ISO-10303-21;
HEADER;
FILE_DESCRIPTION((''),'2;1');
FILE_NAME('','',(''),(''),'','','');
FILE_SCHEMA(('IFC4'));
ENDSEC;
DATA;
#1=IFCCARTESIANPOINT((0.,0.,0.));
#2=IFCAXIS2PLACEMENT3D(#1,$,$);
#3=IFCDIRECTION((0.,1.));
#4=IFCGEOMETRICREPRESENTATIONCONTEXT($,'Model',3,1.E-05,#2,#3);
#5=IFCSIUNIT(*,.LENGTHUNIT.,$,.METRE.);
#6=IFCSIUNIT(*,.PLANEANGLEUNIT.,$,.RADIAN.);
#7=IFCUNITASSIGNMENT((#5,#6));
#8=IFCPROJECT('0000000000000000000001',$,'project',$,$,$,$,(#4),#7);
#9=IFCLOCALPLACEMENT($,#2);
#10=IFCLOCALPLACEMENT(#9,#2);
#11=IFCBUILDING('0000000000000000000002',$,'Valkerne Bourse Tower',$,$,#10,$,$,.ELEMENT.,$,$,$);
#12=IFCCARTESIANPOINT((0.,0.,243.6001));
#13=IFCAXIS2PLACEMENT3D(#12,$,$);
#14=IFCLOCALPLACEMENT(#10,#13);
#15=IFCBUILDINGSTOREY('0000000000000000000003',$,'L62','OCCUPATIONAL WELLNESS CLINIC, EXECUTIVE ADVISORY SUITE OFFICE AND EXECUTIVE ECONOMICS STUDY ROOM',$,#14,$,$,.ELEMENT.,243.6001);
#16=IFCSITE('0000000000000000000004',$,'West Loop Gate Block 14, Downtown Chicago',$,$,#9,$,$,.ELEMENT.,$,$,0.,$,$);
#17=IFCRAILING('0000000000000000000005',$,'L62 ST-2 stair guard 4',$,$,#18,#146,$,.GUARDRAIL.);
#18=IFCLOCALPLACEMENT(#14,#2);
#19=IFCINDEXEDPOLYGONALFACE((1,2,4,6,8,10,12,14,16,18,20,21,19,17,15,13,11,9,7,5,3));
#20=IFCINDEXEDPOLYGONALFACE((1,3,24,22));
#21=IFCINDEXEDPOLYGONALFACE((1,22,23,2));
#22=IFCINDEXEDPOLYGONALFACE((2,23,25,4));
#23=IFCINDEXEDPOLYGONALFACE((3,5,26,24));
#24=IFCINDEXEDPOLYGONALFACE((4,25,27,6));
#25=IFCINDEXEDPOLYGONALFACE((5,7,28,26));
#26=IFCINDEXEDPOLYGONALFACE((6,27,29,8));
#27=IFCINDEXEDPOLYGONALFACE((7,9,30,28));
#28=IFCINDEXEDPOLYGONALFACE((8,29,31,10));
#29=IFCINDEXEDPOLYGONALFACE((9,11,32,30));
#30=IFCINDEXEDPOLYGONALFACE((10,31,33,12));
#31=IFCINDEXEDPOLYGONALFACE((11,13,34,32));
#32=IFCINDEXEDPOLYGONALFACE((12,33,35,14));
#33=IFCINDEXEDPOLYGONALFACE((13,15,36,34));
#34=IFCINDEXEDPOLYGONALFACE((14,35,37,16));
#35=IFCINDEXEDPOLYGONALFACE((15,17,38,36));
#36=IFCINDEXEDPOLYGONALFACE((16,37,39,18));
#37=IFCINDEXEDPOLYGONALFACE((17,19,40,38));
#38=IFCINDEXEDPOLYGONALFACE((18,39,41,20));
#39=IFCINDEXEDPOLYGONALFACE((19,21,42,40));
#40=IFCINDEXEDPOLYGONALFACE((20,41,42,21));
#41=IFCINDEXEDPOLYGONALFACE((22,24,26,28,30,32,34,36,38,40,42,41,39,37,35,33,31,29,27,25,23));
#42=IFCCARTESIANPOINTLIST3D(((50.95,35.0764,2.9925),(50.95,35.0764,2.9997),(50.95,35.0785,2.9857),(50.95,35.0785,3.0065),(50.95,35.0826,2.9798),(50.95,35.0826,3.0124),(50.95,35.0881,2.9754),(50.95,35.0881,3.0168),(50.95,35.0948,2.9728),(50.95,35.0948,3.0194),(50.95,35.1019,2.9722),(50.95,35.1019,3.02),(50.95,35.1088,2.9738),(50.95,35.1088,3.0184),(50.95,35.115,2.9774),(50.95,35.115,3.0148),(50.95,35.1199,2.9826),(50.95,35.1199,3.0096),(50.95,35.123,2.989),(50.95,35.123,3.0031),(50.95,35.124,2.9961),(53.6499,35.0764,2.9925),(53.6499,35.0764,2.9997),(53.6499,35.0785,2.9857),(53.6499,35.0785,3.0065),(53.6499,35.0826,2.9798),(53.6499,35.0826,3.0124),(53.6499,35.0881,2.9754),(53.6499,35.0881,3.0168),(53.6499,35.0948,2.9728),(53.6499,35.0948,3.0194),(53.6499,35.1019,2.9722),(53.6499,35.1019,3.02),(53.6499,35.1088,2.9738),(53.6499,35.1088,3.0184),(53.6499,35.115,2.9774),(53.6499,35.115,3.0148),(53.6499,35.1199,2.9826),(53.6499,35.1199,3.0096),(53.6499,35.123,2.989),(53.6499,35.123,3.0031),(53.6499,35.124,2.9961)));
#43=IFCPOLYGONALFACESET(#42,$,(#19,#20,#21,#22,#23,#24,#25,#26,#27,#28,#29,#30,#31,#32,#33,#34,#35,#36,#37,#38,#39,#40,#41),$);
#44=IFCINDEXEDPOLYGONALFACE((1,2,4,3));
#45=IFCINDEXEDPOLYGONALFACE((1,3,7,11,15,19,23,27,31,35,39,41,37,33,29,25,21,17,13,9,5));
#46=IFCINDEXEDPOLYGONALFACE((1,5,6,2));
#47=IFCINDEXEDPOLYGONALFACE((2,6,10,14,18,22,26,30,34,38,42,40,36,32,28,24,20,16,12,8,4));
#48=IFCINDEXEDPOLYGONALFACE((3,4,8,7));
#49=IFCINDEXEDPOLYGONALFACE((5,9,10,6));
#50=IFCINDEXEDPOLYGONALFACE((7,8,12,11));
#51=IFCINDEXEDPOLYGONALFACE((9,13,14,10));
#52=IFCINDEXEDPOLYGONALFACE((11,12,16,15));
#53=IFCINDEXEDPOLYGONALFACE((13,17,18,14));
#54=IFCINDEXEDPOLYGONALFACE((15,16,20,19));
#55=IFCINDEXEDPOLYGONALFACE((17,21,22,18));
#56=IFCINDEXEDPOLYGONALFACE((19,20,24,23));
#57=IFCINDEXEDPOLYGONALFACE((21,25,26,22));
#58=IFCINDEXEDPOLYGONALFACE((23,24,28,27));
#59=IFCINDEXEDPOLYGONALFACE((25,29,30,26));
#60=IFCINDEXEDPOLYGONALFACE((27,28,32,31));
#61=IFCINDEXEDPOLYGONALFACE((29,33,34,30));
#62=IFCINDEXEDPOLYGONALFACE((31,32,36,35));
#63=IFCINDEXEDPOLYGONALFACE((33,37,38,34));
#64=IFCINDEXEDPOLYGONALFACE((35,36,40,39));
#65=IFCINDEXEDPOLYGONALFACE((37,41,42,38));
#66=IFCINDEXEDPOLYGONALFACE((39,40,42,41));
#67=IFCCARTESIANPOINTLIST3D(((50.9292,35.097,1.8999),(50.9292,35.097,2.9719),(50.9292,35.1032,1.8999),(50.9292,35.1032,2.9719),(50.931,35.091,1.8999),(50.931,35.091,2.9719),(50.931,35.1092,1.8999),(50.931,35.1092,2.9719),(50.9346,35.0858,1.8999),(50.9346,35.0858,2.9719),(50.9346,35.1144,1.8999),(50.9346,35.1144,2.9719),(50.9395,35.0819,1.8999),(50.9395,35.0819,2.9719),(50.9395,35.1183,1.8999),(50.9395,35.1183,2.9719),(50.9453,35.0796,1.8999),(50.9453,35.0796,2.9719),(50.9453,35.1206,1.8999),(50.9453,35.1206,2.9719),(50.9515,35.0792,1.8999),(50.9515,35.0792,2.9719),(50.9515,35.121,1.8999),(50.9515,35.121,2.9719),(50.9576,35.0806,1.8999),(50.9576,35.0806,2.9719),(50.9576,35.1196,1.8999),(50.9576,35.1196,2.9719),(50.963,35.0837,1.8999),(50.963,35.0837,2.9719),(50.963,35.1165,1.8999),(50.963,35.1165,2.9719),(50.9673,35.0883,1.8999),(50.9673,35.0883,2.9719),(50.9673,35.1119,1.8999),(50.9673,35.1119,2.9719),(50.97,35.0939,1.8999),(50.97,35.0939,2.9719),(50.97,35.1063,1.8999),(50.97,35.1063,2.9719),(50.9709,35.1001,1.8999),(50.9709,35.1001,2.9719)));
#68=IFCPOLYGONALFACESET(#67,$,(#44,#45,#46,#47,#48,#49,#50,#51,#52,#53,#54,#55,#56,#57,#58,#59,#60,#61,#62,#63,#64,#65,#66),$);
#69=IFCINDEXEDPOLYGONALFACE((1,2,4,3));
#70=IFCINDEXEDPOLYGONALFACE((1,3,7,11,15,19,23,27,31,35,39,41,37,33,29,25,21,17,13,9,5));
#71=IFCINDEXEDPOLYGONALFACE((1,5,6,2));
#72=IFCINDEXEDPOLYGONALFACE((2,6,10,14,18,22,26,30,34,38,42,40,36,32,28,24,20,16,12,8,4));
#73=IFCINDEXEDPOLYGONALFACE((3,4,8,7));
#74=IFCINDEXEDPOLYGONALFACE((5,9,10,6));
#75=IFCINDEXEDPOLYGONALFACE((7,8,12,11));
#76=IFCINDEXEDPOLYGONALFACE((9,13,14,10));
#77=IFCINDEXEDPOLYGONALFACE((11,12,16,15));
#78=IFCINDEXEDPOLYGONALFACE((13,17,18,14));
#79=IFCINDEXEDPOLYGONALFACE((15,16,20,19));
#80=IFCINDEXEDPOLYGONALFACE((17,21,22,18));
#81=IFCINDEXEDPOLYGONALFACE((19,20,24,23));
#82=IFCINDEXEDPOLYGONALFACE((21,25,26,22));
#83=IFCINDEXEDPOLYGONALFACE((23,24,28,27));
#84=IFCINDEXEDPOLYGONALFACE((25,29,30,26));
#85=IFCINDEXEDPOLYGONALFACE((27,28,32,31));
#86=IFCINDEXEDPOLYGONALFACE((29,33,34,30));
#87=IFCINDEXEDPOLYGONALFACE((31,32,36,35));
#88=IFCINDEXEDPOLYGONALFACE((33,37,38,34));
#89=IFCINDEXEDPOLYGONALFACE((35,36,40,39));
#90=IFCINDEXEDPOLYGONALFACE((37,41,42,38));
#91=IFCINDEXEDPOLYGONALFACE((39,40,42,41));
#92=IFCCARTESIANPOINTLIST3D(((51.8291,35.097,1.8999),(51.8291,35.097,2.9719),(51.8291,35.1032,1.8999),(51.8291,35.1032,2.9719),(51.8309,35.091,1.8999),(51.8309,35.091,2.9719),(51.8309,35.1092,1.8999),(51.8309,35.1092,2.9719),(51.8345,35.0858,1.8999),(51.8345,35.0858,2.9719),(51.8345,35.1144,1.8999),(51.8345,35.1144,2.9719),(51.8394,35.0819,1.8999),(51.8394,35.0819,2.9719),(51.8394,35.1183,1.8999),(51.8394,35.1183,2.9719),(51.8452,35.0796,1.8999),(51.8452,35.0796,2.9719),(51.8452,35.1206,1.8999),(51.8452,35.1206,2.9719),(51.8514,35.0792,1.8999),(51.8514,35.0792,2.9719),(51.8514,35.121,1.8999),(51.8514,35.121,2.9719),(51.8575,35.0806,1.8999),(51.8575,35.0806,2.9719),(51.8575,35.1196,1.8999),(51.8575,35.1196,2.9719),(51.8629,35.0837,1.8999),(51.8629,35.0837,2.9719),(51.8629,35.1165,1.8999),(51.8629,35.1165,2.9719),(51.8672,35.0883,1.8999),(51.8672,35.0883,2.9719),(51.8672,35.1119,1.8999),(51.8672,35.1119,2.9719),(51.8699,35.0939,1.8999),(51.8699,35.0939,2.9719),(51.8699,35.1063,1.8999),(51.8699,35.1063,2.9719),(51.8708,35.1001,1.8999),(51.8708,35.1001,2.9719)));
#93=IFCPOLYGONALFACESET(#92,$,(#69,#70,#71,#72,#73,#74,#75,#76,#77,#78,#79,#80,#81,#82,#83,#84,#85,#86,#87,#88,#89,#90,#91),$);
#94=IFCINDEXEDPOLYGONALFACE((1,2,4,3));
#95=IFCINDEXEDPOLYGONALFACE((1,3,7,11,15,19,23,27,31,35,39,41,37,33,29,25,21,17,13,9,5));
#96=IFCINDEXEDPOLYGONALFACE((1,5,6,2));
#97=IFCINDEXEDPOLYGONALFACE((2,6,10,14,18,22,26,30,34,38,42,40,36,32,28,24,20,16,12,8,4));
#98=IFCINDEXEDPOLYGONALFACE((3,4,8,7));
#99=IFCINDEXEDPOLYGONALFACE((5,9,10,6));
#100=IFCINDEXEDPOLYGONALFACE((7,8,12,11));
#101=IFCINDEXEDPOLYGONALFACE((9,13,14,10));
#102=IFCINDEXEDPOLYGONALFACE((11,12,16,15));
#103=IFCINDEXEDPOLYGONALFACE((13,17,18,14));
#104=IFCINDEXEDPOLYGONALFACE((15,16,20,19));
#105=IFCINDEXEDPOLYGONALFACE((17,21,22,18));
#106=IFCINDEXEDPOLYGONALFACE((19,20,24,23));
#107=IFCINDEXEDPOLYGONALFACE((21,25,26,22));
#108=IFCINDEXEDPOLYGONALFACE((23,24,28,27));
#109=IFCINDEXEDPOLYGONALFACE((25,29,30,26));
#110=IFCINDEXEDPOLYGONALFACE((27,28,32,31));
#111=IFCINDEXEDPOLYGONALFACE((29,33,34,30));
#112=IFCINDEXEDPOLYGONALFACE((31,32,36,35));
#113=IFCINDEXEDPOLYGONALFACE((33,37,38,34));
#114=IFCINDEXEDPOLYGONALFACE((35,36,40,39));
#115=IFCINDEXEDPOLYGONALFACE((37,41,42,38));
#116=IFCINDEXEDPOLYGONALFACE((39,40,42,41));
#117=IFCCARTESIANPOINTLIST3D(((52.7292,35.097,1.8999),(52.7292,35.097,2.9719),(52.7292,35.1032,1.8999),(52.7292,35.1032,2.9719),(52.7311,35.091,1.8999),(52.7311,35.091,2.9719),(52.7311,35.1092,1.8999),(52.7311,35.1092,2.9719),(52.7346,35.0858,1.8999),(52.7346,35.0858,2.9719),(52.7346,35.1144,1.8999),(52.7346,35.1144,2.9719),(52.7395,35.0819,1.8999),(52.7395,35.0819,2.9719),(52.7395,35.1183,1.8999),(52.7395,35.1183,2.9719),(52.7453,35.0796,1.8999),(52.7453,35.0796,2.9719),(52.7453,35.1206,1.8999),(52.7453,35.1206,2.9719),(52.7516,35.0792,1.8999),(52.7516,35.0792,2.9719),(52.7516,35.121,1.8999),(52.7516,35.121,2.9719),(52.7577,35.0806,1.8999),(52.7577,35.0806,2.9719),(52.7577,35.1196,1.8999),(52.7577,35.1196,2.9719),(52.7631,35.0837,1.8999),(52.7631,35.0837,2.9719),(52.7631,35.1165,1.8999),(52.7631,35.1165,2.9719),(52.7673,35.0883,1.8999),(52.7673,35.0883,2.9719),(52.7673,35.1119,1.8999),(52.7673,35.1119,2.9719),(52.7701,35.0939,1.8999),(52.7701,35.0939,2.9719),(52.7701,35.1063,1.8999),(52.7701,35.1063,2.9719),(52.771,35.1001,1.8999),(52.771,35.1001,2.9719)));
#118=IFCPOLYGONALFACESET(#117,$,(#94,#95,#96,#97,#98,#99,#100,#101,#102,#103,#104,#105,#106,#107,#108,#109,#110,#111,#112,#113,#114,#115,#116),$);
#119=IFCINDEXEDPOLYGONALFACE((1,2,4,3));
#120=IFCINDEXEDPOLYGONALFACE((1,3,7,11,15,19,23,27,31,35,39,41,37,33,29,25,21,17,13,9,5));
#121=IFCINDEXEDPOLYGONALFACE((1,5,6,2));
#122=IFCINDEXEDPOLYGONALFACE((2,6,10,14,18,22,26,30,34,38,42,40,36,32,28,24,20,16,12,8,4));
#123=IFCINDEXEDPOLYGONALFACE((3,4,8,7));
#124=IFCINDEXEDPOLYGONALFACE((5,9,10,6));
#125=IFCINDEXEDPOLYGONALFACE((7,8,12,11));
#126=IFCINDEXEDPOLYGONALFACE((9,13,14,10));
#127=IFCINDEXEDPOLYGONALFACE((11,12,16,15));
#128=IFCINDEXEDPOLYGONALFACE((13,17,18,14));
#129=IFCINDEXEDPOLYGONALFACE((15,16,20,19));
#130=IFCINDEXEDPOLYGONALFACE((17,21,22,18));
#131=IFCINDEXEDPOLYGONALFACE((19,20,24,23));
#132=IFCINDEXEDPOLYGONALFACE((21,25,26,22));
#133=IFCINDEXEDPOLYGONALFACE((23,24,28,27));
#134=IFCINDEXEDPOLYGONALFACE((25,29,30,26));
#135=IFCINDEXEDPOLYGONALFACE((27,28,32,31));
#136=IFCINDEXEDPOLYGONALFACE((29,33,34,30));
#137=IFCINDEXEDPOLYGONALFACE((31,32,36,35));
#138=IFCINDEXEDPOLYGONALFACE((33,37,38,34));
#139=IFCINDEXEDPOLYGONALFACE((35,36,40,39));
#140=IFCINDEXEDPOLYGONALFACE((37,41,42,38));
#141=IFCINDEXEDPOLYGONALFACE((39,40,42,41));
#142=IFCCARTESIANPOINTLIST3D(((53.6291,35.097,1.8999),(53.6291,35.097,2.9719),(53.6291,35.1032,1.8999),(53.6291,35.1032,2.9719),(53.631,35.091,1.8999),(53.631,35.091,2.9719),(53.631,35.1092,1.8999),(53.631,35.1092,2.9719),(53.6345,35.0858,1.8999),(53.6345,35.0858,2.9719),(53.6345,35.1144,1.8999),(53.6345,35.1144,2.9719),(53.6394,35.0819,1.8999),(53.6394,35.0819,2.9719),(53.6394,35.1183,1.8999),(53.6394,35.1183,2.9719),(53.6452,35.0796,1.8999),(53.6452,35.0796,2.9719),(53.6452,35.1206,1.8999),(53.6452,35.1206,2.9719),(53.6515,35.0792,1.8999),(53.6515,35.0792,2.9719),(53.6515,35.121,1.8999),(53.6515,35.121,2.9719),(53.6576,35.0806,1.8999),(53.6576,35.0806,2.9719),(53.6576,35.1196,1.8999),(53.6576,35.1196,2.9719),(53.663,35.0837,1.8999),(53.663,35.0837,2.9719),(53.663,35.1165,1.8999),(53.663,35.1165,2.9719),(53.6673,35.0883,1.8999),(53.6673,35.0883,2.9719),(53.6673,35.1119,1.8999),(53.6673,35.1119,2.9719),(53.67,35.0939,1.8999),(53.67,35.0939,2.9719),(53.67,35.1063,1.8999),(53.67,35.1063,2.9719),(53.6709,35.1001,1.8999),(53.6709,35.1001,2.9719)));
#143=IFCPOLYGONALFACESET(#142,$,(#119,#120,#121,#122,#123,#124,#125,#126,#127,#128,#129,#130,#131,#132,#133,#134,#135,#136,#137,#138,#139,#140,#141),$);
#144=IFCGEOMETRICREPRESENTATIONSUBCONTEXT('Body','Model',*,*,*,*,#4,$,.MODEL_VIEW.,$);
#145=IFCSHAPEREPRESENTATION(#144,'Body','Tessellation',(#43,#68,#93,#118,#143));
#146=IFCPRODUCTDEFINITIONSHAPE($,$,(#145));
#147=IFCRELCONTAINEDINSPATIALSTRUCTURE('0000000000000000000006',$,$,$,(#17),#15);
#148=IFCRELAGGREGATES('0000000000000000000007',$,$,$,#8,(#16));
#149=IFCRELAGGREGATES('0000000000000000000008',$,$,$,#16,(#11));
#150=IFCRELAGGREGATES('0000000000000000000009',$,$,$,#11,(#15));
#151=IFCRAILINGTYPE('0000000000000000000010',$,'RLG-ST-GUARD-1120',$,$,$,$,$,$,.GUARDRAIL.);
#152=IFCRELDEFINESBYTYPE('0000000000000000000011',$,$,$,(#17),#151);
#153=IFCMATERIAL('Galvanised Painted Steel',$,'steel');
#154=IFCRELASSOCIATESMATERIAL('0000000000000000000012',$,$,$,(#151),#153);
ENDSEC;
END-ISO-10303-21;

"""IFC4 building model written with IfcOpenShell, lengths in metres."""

from ifc_helpers import new_model, si_unit, direction, frame, origin, origin_2d, place, context, subcontext, project, spatial, circle, extrude, material, type_object, element, save


model = new_model("IFC4")

# Units and contexts
model_context = context("Model", 3, precision=1e-05, world=origin(), true_north=direction((0.0, 1.0)))
body_context = subcontext(model_context, "Body", "Model", "MODEL_VIEW")
ifc_project = project(units=[si_unit("LENGTHUNIT", "METRE"), si_unit("PLANEANGLEUNIT", "RADIAN")], contexts=[model_context])

# Site, building, storey
site_placement = place(None, origin())
site = spatial("IfcSite", under=ifc_project, at=site_placement, Name="West Loop Gate Block 14, Downtown Chicago", CompositionType="ELEMENT", RefElevation=0.0)
building_placement = place(site_placement, origin())
building = spatial("IfcBuilding", under=site, at=building_placement, Name="Valkerne Bourse Tower", CompositionType="ELEMENT")
storey_placement = place(building_placement, frame((0.0, 0.0, 243.6001)))
storey = spatial("IfcBuildingStorey", under=building, at=storey_placement, Name="L62", Description="OCCUPATIONAL WELLNESS CLINIC, EXECUTIVE ADVISORY SUITE OFFICE AND EXECUTIVE ECONOMICS STUDY ROOM", CompositionType="ELEMENT", Elevation=243.6001)

# Railing
ifc_material_1 = material(Name="Galvanised Painted Steel", Category="steel")
railing_type_1 = type_object("IfcRailingType", Name="RLG-ST-GUARD-1120", PredefinedType="GUARDRAIL", material=ifc_material_1)
railing_1_placement = place(storey_placement, frame((50.95, 35.1001, 1.8999)))
element("IfcRailing", 1, at=railing_1_placement, inside=storey, type_object=railing_type_1, Name="L62 ST-2 stair guard 4", PredefinedType="GUARDRAIL", context=body_context, shape_type="SweptSolid", body=[
    extrude(circle(Radius=0.0239, at=origin_2d()), frame((0.0, 0.0, 1.0962), z_axis=(1.0, 0.0, 0.0), x_axis=(0.0, 1.0, 0.0)), (0.0, 0.0, 1.0), 2.7),
    extrude(circle(Radius=0.021, at=origin_2d()), origin(), (0.0, 0.0, 1.0), 1.072),
    extrude(circle(Radius=0.021, at=origin_2d()), frame((0.8999, 0.0, 0.0)), (0.0, 0.0, 1.0), 1.072),
    extrude(circle(Radius=0.021, at=origin_2d()), frame((1.8, 0.0, 0.0)), (0.0, 0.0, 1.0), 1.072),
    extrude(circle(Radius=0.021, at=origin_2d()), frame((2.7, 0.0, 0.0)), (0.0, 0.0, 1.0), 1.072),
])

save(model, "model.ifc")
